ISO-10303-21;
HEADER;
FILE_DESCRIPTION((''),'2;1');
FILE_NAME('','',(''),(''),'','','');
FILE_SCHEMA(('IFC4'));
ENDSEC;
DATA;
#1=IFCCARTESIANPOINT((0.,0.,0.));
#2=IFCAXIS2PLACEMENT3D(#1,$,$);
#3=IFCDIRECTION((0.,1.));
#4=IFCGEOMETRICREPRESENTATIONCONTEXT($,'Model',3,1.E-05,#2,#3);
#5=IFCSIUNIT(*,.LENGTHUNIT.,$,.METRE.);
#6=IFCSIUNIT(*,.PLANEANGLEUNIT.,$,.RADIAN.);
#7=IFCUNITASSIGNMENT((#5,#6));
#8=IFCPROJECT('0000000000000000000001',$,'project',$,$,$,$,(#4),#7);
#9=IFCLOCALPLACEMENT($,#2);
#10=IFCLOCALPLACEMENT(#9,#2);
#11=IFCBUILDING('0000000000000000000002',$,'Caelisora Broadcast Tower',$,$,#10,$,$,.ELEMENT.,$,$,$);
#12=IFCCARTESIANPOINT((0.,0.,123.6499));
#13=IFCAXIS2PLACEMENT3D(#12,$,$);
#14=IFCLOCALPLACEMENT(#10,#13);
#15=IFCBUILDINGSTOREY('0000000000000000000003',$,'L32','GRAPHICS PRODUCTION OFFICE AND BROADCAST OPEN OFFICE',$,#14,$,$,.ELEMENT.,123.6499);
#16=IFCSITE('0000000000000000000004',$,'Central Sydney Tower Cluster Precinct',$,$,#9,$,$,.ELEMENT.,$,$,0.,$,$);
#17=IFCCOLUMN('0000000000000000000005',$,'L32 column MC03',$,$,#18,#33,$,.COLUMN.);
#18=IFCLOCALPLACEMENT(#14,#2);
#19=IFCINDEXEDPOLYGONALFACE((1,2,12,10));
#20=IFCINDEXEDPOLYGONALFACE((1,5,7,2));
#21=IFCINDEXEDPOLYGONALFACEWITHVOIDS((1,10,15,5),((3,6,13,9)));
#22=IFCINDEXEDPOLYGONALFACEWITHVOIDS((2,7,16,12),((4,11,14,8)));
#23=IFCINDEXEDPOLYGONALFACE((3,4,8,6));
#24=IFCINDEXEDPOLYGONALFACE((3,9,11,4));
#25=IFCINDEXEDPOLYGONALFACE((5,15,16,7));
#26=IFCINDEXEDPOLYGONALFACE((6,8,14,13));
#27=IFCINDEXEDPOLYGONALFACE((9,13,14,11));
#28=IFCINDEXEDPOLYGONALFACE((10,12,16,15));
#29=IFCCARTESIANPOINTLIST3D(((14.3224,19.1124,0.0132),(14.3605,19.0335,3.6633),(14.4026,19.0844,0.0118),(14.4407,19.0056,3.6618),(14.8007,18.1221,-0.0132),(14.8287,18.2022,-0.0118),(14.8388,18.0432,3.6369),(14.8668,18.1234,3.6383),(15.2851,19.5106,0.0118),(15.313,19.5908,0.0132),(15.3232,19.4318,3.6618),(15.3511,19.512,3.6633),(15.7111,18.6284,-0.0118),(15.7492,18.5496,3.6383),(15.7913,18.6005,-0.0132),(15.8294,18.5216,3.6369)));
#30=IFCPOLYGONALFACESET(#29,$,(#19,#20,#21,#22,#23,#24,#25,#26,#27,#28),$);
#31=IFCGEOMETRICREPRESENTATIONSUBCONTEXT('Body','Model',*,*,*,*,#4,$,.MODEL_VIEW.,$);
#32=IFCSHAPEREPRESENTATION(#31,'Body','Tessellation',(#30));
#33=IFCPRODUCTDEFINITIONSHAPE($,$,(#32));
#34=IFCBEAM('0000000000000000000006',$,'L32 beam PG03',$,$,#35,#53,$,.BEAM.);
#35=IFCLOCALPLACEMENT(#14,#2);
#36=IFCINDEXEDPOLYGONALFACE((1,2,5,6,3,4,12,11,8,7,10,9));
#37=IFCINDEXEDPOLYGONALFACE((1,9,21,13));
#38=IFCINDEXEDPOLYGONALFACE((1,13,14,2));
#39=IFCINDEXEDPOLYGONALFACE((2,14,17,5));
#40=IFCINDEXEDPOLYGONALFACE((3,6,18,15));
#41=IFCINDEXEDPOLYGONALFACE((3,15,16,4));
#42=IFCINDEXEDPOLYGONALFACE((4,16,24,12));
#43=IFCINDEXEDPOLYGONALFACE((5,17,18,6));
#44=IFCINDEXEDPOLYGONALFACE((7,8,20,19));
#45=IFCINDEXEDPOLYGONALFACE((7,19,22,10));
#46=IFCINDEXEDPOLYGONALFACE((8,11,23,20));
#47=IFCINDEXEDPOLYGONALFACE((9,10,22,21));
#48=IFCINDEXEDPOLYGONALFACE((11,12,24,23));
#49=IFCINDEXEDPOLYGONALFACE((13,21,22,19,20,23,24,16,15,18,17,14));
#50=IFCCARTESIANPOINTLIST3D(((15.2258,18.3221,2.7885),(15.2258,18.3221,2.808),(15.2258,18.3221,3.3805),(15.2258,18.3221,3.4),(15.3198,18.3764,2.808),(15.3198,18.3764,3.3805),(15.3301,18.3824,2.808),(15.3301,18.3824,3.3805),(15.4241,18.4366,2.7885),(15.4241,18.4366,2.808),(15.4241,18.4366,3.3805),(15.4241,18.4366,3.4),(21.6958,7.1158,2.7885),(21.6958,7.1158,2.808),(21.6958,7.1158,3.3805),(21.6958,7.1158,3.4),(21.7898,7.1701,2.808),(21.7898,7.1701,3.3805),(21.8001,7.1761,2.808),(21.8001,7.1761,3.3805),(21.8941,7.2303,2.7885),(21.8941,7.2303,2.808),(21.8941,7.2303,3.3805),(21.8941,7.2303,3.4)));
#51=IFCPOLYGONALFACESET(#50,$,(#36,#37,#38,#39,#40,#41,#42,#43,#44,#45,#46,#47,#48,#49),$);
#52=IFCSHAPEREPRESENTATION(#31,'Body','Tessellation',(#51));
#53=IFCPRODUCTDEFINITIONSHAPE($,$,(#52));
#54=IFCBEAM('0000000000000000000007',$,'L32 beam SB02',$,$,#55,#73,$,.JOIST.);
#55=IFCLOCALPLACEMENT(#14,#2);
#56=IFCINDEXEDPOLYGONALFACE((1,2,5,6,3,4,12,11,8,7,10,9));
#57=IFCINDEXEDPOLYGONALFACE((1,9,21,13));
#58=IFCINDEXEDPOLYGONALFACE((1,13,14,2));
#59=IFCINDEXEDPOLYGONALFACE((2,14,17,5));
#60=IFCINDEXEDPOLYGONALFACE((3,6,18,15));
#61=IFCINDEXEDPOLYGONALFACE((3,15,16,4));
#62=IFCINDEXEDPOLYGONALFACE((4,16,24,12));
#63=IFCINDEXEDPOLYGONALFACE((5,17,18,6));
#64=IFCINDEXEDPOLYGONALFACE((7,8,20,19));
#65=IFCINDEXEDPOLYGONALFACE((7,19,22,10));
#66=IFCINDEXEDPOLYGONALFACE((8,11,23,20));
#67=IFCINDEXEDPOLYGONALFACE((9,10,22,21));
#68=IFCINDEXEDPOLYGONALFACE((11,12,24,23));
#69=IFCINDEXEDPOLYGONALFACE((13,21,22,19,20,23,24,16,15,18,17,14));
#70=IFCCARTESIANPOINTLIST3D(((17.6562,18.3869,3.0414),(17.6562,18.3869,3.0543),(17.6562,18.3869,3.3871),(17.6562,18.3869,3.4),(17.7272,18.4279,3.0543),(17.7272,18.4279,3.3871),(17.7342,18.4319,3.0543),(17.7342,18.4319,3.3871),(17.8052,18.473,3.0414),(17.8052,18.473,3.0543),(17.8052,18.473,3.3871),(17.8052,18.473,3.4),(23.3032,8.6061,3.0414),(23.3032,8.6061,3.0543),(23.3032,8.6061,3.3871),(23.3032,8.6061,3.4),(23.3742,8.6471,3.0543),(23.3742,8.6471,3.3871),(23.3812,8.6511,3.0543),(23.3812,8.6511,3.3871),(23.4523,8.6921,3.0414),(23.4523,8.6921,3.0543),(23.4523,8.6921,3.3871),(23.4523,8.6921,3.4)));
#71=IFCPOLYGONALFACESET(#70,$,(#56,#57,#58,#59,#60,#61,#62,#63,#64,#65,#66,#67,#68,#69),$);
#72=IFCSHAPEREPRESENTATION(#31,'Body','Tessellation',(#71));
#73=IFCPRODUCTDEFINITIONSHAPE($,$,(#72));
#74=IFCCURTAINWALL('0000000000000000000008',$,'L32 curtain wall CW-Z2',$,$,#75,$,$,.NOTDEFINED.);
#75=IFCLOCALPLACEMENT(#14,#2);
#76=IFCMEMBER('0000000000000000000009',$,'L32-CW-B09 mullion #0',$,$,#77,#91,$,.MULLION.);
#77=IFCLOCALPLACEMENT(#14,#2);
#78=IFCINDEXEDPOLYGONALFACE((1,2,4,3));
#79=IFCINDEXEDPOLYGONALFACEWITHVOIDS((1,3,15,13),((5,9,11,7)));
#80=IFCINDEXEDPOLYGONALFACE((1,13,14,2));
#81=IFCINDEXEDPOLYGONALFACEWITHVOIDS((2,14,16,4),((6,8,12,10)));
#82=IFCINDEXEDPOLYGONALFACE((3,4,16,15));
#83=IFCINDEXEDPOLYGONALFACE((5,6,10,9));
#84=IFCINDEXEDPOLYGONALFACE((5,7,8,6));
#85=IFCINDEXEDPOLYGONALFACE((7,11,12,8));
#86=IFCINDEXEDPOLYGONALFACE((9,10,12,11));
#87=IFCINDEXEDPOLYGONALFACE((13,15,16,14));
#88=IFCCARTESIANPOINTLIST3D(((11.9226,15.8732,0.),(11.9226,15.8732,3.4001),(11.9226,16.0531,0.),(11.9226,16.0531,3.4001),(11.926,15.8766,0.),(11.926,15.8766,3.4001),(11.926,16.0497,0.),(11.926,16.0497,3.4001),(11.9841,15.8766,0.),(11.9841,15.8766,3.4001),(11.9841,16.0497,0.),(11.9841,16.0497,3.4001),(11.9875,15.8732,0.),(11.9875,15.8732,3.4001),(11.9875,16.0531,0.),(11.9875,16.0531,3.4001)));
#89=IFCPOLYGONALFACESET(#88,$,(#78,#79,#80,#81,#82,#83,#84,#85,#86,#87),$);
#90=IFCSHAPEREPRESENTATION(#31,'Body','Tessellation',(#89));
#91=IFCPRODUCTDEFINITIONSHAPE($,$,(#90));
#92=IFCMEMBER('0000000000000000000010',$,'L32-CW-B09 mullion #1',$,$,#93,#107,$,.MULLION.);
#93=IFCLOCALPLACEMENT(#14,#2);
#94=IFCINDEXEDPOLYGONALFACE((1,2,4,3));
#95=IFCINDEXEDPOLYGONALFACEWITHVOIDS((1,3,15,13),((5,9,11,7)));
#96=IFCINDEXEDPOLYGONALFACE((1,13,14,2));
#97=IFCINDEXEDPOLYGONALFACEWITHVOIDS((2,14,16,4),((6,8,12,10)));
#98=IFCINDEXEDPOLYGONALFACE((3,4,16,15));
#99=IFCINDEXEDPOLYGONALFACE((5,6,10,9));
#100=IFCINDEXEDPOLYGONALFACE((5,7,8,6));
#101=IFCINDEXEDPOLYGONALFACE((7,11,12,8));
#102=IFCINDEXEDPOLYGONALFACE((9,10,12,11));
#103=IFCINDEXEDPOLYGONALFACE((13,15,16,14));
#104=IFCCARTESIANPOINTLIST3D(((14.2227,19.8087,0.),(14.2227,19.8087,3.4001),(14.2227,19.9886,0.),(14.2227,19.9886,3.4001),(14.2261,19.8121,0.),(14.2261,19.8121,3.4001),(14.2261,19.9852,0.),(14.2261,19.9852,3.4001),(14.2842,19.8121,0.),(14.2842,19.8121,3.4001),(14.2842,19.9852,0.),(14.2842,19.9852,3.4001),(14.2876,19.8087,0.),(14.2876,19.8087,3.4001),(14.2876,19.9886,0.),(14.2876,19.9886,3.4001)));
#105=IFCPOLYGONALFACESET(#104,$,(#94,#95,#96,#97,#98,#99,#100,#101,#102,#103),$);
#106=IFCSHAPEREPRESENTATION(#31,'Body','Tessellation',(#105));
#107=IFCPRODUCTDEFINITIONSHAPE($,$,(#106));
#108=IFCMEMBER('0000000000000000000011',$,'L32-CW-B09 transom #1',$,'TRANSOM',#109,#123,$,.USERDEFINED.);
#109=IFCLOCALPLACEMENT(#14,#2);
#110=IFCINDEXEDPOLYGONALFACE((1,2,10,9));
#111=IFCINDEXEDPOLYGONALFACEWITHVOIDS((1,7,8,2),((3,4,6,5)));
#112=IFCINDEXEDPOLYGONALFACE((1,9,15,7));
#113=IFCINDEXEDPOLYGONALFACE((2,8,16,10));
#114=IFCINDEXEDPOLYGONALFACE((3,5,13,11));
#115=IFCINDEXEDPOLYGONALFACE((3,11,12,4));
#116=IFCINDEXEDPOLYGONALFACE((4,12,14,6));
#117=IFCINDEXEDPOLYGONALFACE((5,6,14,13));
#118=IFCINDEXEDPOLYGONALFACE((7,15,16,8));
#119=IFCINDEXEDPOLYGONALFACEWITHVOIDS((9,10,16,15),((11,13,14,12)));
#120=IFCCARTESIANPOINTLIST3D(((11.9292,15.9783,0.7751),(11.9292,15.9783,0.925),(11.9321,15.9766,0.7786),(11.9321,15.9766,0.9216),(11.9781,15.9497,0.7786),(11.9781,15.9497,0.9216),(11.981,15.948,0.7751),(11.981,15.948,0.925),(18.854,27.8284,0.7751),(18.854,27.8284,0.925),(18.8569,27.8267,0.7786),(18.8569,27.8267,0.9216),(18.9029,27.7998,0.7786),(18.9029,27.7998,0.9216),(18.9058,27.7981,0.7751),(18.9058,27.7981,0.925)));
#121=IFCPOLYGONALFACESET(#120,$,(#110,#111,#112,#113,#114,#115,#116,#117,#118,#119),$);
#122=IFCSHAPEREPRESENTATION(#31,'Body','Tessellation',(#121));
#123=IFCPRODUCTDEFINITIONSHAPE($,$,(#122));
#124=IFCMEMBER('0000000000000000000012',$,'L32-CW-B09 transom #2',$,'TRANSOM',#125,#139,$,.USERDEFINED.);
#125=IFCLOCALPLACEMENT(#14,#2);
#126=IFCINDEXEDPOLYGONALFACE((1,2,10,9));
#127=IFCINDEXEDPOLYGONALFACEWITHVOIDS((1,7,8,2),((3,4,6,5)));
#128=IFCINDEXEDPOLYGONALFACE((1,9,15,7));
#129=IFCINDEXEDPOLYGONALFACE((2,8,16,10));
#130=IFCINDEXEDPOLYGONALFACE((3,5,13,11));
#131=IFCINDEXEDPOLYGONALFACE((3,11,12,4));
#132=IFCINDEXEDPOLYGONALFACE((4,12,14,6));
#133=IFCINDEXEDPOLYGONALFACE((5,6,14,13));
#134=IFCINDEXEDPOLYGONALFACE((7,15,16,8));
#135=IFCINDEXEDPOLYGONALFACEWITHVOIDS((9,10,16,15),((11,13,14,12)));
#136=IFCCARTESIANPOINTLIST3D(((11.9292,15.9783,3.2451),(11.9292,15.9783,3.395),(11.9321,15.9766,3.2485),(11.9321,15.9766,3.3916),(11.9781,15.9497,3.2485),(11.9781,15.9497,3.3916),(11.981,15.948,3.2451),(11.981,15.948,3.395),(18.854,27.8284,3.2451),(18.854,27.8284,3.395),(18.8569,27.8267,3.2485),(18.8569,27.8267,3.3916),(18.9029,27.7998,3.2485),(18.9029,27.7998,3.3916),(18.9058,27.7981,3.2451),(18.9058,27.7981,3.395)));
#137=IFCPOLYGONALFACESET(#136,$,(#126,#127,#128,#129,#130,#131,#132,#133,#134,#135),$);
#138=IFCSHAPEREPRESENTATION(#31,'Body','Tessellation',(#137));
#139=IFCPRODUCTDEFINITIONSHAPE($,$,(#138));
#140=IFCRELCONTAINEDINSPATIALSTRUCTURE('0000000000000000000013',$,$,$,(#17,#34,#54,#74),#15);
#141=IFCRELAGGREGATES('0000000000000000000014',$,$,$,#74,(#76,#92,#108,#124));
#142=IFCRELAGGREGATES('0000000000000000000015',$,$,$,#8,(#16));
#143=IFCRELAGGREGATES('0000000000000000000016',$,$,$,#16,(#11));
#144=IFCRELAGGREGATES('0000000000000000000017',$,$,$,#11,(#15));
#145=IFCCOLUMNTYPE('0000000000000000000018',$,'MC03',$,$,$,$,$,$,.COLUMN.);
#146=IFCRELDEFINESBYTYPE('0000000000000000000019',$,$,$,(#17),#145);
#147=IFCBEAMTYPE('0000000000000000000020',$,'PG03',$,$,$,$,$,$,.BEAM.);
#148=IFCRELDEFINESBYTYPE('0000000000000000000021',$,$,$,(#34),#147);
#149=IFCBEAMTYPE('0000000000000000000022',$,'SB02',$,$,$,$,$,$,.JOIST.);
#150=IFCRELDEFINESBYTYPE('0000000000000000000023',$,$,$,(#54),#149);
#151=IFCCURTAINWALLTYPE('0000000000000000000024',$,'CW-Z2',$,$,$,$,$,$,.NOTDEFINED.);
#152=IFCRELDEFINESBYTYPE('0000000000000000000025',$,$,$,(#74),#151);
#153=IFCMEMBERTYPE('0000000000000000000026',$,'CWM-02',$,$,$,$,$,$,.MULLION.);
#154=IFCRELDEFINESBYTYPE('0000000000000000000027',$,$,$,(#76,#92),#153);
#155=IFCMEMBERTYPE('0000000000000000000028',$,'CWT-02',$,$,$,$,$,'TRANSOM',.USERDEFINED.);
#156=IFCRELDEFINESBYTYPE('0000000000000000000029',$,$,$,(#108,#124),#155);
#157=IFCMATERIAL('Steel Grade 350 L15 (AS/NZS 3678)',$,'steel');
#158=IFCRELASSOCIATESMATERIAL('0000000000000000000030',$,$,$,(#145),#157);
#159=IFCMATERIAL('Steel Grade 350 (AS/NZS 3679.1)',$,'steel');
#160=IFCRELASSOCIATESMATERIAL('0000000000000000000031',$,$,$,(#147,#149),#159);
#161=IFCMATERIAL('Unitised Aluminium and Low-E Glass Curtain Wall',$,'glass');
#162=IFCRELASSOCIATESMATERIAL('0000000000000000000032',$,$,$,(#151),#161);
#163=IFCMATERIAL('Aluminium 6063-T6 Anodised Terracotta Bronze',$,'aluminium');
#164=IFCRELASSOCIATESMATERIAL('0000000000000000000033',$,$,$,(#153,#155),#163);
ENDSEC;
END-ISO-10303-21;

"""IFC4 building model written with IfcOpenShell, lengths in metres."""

from ifc_helpers import new_model, si_unit, direction, frame, origin, origin_2d, place, context, subcontext, project, spatial, hollow_rectangle, i_section, extrude, source, transform, mapped, material, material_profile, profile_set, type_object, type_shapes, element, aggregate, save


model = new_model("IFC4")

# Units and contexts
model_context = context("Model", 3, precision=1e-05, world=origin(), true_north=direction((0.0, 1.0)))
body_context = subcontext(model_context, "Body", "Model", "MODEL_VIEW")
ifc_project = project(units=[si_unit("LENGTHUNIT", "METRE"), si_unit("PLANEANGLEUNIT", "RADIAN")], contexts=[model_context])

# Site, building, storey
site_placement = place(None, origin())
site = spatial("IfcSite", under=ifc_project, at=site_placement, Name="Central Sydney Tower Cluster Precinct", CompositionType="ELEMENT", RefElevation=0.0)
building_placement = place(site_placement, origin())
building = spatial("IfcBuilding", under=site, at=building_placement, Name="Caelisora Broadcast Tower", CompositionType="ELEMENT")
storey_placement = place(building_placement, frame((0.0, 0.0, 123.6499)))
storey = spatial("IfcBuildingStorey", under=building, at=storey_placement, Name="L32", Description="GRAPHICS PRODUCTION OFFICE AND BROADCAST OPEN OFFICE", CompositionType="ELEMENT", Elevation=123.6499)

# Column
ifc_material_1 = material(Name="Steel Grade 350 L15 (AS/NZS 3678)", Category="steel")
ifc_material_profile_1 = material_profile(ifc_material_1, hollow_rectangle(XDim=1.1001, YDim=1.1001, WallThickness=0.0601, at=origin_2d()), Name="Steel Grade 350 L15 (AS/NZS 3678)")
ifc_profile_set_1 = profile_set([ifc_material_profile_1], Name="Steel Grade 350 L15 (AS/NZS 3678)")
column_type = type_object("IfcColumnType", Name="MC03", PredefinedType="COLUMN", material=ifc_profile_set_1)
shared_shape_1 = source(origin(), body_context, "Body", "SweptSolid", [
    extrude(hollow_rectangle(XDim=1.1001, YDim=1.1001, WallThickness=0.0601, at=origin_2d()), origin(), (0.0, 0.0, 1.0), 3.6511),
])
type_shapes(column_type, [shared_shape_1])
column_placement = place(storey_placement, frame((15.0569, 18.8564, 0.0), z_axis=(0.010431, -0.021598, 0.999712), x_axis=(0.900476, 0.434905, 0.0)))
element("IfcColumn", 1, at=column_placement, inside=storey, type_object=column_type, Name="L32 column MC03", PredefinedType="COLUMN", context=body_context, shape_type="MappedRepresentation", body=[
    mapped(shared_shape_1, transform((0.0, 0.0, 0.0), scale=1.0)),
])

# Beams
ifc_material_2 = material(Name="Steel Grade 350 (AS/NZS 3679.1)", Category="steel")
ifc_material_profile_2 = material_profile(ifc_material_2, i_section(OverallWidth=0.229, OverallDepth=0.6116, WebThickness=0.012, FlangeThickness=0.0195, at=origin_2d()), Name="Steel Grade 350 (AS/NZS 3679.1)")
ifc_profile_set_2 = profile_set([ifc_material_profile_2], Name="Steel Grade 350 (AS/NZS 3679.1)")
beam_type_1 = type_object("IfcBeamType", Name="PG03", PredefinedType="BEAM", material=ifc_profile_set_2)
shared_shape_2 = source(origin(), body_context, "Body", "SweptSolid", [
    extrude(i_section(OverallWidth=0.229, OverallDepth=0.6116, WebThickness=0.012, FlangeThickness=0.0195, at=origin_2d()), origin(), (0.0, 0.0, 1.0), 12.9399),
])
type_shapes(beam_type_1, [shared_shape_2])
beam_1_placement = place(storey_placement, frame((15.325, 18.3794, 3.0942), z_axis=(0.500001, -0.866025, 0.0), x_axis=(0.866025, 0.500001, 0.0)))
element("IfcBeam", 2, at=beam_1_placement, inside=storey, type_object=beam_type_1, Name="L32 beam PG03", PredefinedType="BEAM", context=body_context, shape_type="MappedRepresentation", body=[
    mapped(shared_shape_2, transform((0.0, 0.0, 0.0), scale=1.0)),
])
ifc_material_profile_3 = material_profile(ifc_material_2, i_section(OverallWidth=0.1721, OverallDepth=0.3586, WebThickness=0.0081, FlangeThickness=0.0129, at=origin_2d()), Name="Steel Grade 350 (AS/NZS 3679.1)")
ifc_profile_set_3 = profile_set([ifc_material_profile_3], Name="Steel Grade 350 (AS/NZS 3679.1)")
beam_type_2 = type_object("IfcBeamType", Name="SB02", PredefinedType="JOIST", material=ifc_profile_set_3)
shared_shape_3 = source(origin(), body_context, "Body", "SweptSolid", [
    extrude(i_section(OverallWidth=0.1721, OverallDepth=0.3586, WebThickness=0.0081, FlangeThickness=0.0129, at=origin_2d()), origin(), (0.0, 0.0, 1.0), 11.2939),
])
type_shapes(beam_type_2, [shared_shape_3])
beam_2_placement = place(storey_placement, frame((17.7307, 18.4299, 3.2207), z_axis=(0.500003, -0.866024, 0.0), x_axis=(0.866024, 0.500003, 0.0)))
element("IfcBeam", 3, at=beam_2_placement, inside=storey, type_object=beam_type_2, Name="L32 beam SB02", PredefinedType="JOIST", context=body_context, shape_type="MappedRepresentation", body=[
    mapped(shared_shape_3, transform((0.0, 0.0, 0.0), scale=1.0)),
])

# Curtain wall, members
ifc_material_3 = material(Name="Unitised Aluminium and Low-E Glass Curtain Wall", Category="glass")
curtain_wall_type = type_object("IfcCurtainWallType", Name="CW-Z2", PredefinedType="NOTDEFINED", material=ifc_material_3)
curtain_wall_placement = place(storey_placement, origin())
curtain_wall = element("IfcCurtainWall", 4, at=curtain_wall_placement, inside=storey, type_object=curtain_wall_type, Name="L32 curtain wall CW-Z2", PredefinedType="NOTDEFINED")
ifc_material_4 = material(Name="Aluminium 6063-T6 Anodised Terracotta Bronze", Category="aluminium")
ifc_material_profile_4 = material_profile(ifc_material_4, hollow_rectangle(XDim=0.0649, YDim=0.1799, WallThickness=0.0034, at=origin_2d()), Name="Aluminium 6063-T6 Anodised Terracotta Bronze")
ifc_profile_set_4 = profile_set([ifc_material_profile_4], Name="Aluminium 6063-T6 Anodised Terracotta Bronze")
member_type_1 = type_object("IfcMemberType", Name="CWM-02", PredefinedType="MULLION", material=ifc_profile_set_4)
shared_shape_4 = source(origin(), body_context, "Body", "SweptSolid", [
    extrude(hollow_rectangle(XDim=0.0649, YDim=0.1799, WallThickness=0.0034, at=origin_2d()), origin(), (0.0, 0.0, 1.0), 3.4001),
])
type_shapes(member_type_1, [shared_shape_4])
member_1_placement = place(storey_placement, frame((11.9551, 15.9631, 0.0), z_axis=(0.0, 0.0, 1.0), x_axis=(1.0, 0.0, 0.0)))
member_1 = element("IfcMember", 5, at=member_1_placement, type_object=member_type_1, Name="L32-CW-B09 mullion #0", PredefinedType="MULLION", context=body_context, shape_type="MappedRepresentation", body=[
    mapped(shared_shape_4, transform((0.0, 0.0, 0.0), scale=1.0)),
])
member_2_placement = place(storey_placement, frame((14.2551, 19.8987, 0.0), z_axis=(0.0, 0.0, 1.0), x_axis=(1.0, 0.0, 0.0)))
member_2 = element("IfcMember", 6, at=member_2_placement, type_object=member_type_1, Name="L32-CW-B09 mullion #1", PredefinedType="MULLION", context=body_context, shape_type="MappedRepresentation", body=[
    mapped(shared_shape_4, transform((0.0, 0.0, 0.0), scale=1.0)),
])
ifc_material_profile_5 = material_profile(ifc_material_4, hollow_rectangle(XDim=0.0601, YDim=0.1499, WallThickness=0.0034, at=origin_2d()), Name="Aluminium 6063-T6 Anodised Terracotta Bronze")
ifc_profile_set_5 = profile_set([ifc_material_profile_5], Name="Aluminium 6063-T6 Anodised Terracotta Bronze")
member_type_2 = type_object("IfcMemberType", Name="CWT-02", ElementType="TRANSOM", PredefinedType="USERDEFINED", material=ifc_profile_set_5)
shared_shape_5 = source(origin(), body_context, "Body", "SweptSolid", [
    extrude(hollow_rectangle(XDim=0.0601, YDim=0.1499, WallThickness=0.0034, at=origin_2d()), origin(), (0.0, 0.0, 1.0), 13.7251),
])
type_shapes(member_type_2, [shared_shape_5])
member_3_placement = place(storey_placement, frame((11.9551, 15.9631, 0.8501), z_axis=(0.504537, 0.86339, 0.0), x_axis=(-0.86339, 0.504537, 0.0)))
member_3 = element("IfcMember", 7, at=member_3_placement, type_object=member_type_2, Name="L32-CW-B09 transom #1", ObjectType="TRANSOM", PredefinedType="USERDEFINED", context=body_context, shape_type="MappedRepresentation", body=[
    mapped(shared_shape_5, transform((0.0, 0.0, 0.0), scale=1.0)),
])
member_4_placement = place(storey_placement, frame((11.9551, 15.9631, 3.3201), z_axis=(0.504537, 0.86339, 0.0), x_axis=(-0.86339, 0.504537, 0.0)))
member_4 = element("IfcMember", 8, at=member_4_placement, type_object=member_type_2, Name="L32-CW-B09 transom #2", ObjectType="TRANSOM", PredefinedType="USERDEFINED", context=body_context, shape_type="MappedRepresentation", body=[
    mapped(shared_shape_5, transform((0.0, 0.0, 0.0), scale=1.0)),
])

aggregate(curtain_wall, [member_1, member_2, member_3, member_4])

save(model, "model.ifc")
